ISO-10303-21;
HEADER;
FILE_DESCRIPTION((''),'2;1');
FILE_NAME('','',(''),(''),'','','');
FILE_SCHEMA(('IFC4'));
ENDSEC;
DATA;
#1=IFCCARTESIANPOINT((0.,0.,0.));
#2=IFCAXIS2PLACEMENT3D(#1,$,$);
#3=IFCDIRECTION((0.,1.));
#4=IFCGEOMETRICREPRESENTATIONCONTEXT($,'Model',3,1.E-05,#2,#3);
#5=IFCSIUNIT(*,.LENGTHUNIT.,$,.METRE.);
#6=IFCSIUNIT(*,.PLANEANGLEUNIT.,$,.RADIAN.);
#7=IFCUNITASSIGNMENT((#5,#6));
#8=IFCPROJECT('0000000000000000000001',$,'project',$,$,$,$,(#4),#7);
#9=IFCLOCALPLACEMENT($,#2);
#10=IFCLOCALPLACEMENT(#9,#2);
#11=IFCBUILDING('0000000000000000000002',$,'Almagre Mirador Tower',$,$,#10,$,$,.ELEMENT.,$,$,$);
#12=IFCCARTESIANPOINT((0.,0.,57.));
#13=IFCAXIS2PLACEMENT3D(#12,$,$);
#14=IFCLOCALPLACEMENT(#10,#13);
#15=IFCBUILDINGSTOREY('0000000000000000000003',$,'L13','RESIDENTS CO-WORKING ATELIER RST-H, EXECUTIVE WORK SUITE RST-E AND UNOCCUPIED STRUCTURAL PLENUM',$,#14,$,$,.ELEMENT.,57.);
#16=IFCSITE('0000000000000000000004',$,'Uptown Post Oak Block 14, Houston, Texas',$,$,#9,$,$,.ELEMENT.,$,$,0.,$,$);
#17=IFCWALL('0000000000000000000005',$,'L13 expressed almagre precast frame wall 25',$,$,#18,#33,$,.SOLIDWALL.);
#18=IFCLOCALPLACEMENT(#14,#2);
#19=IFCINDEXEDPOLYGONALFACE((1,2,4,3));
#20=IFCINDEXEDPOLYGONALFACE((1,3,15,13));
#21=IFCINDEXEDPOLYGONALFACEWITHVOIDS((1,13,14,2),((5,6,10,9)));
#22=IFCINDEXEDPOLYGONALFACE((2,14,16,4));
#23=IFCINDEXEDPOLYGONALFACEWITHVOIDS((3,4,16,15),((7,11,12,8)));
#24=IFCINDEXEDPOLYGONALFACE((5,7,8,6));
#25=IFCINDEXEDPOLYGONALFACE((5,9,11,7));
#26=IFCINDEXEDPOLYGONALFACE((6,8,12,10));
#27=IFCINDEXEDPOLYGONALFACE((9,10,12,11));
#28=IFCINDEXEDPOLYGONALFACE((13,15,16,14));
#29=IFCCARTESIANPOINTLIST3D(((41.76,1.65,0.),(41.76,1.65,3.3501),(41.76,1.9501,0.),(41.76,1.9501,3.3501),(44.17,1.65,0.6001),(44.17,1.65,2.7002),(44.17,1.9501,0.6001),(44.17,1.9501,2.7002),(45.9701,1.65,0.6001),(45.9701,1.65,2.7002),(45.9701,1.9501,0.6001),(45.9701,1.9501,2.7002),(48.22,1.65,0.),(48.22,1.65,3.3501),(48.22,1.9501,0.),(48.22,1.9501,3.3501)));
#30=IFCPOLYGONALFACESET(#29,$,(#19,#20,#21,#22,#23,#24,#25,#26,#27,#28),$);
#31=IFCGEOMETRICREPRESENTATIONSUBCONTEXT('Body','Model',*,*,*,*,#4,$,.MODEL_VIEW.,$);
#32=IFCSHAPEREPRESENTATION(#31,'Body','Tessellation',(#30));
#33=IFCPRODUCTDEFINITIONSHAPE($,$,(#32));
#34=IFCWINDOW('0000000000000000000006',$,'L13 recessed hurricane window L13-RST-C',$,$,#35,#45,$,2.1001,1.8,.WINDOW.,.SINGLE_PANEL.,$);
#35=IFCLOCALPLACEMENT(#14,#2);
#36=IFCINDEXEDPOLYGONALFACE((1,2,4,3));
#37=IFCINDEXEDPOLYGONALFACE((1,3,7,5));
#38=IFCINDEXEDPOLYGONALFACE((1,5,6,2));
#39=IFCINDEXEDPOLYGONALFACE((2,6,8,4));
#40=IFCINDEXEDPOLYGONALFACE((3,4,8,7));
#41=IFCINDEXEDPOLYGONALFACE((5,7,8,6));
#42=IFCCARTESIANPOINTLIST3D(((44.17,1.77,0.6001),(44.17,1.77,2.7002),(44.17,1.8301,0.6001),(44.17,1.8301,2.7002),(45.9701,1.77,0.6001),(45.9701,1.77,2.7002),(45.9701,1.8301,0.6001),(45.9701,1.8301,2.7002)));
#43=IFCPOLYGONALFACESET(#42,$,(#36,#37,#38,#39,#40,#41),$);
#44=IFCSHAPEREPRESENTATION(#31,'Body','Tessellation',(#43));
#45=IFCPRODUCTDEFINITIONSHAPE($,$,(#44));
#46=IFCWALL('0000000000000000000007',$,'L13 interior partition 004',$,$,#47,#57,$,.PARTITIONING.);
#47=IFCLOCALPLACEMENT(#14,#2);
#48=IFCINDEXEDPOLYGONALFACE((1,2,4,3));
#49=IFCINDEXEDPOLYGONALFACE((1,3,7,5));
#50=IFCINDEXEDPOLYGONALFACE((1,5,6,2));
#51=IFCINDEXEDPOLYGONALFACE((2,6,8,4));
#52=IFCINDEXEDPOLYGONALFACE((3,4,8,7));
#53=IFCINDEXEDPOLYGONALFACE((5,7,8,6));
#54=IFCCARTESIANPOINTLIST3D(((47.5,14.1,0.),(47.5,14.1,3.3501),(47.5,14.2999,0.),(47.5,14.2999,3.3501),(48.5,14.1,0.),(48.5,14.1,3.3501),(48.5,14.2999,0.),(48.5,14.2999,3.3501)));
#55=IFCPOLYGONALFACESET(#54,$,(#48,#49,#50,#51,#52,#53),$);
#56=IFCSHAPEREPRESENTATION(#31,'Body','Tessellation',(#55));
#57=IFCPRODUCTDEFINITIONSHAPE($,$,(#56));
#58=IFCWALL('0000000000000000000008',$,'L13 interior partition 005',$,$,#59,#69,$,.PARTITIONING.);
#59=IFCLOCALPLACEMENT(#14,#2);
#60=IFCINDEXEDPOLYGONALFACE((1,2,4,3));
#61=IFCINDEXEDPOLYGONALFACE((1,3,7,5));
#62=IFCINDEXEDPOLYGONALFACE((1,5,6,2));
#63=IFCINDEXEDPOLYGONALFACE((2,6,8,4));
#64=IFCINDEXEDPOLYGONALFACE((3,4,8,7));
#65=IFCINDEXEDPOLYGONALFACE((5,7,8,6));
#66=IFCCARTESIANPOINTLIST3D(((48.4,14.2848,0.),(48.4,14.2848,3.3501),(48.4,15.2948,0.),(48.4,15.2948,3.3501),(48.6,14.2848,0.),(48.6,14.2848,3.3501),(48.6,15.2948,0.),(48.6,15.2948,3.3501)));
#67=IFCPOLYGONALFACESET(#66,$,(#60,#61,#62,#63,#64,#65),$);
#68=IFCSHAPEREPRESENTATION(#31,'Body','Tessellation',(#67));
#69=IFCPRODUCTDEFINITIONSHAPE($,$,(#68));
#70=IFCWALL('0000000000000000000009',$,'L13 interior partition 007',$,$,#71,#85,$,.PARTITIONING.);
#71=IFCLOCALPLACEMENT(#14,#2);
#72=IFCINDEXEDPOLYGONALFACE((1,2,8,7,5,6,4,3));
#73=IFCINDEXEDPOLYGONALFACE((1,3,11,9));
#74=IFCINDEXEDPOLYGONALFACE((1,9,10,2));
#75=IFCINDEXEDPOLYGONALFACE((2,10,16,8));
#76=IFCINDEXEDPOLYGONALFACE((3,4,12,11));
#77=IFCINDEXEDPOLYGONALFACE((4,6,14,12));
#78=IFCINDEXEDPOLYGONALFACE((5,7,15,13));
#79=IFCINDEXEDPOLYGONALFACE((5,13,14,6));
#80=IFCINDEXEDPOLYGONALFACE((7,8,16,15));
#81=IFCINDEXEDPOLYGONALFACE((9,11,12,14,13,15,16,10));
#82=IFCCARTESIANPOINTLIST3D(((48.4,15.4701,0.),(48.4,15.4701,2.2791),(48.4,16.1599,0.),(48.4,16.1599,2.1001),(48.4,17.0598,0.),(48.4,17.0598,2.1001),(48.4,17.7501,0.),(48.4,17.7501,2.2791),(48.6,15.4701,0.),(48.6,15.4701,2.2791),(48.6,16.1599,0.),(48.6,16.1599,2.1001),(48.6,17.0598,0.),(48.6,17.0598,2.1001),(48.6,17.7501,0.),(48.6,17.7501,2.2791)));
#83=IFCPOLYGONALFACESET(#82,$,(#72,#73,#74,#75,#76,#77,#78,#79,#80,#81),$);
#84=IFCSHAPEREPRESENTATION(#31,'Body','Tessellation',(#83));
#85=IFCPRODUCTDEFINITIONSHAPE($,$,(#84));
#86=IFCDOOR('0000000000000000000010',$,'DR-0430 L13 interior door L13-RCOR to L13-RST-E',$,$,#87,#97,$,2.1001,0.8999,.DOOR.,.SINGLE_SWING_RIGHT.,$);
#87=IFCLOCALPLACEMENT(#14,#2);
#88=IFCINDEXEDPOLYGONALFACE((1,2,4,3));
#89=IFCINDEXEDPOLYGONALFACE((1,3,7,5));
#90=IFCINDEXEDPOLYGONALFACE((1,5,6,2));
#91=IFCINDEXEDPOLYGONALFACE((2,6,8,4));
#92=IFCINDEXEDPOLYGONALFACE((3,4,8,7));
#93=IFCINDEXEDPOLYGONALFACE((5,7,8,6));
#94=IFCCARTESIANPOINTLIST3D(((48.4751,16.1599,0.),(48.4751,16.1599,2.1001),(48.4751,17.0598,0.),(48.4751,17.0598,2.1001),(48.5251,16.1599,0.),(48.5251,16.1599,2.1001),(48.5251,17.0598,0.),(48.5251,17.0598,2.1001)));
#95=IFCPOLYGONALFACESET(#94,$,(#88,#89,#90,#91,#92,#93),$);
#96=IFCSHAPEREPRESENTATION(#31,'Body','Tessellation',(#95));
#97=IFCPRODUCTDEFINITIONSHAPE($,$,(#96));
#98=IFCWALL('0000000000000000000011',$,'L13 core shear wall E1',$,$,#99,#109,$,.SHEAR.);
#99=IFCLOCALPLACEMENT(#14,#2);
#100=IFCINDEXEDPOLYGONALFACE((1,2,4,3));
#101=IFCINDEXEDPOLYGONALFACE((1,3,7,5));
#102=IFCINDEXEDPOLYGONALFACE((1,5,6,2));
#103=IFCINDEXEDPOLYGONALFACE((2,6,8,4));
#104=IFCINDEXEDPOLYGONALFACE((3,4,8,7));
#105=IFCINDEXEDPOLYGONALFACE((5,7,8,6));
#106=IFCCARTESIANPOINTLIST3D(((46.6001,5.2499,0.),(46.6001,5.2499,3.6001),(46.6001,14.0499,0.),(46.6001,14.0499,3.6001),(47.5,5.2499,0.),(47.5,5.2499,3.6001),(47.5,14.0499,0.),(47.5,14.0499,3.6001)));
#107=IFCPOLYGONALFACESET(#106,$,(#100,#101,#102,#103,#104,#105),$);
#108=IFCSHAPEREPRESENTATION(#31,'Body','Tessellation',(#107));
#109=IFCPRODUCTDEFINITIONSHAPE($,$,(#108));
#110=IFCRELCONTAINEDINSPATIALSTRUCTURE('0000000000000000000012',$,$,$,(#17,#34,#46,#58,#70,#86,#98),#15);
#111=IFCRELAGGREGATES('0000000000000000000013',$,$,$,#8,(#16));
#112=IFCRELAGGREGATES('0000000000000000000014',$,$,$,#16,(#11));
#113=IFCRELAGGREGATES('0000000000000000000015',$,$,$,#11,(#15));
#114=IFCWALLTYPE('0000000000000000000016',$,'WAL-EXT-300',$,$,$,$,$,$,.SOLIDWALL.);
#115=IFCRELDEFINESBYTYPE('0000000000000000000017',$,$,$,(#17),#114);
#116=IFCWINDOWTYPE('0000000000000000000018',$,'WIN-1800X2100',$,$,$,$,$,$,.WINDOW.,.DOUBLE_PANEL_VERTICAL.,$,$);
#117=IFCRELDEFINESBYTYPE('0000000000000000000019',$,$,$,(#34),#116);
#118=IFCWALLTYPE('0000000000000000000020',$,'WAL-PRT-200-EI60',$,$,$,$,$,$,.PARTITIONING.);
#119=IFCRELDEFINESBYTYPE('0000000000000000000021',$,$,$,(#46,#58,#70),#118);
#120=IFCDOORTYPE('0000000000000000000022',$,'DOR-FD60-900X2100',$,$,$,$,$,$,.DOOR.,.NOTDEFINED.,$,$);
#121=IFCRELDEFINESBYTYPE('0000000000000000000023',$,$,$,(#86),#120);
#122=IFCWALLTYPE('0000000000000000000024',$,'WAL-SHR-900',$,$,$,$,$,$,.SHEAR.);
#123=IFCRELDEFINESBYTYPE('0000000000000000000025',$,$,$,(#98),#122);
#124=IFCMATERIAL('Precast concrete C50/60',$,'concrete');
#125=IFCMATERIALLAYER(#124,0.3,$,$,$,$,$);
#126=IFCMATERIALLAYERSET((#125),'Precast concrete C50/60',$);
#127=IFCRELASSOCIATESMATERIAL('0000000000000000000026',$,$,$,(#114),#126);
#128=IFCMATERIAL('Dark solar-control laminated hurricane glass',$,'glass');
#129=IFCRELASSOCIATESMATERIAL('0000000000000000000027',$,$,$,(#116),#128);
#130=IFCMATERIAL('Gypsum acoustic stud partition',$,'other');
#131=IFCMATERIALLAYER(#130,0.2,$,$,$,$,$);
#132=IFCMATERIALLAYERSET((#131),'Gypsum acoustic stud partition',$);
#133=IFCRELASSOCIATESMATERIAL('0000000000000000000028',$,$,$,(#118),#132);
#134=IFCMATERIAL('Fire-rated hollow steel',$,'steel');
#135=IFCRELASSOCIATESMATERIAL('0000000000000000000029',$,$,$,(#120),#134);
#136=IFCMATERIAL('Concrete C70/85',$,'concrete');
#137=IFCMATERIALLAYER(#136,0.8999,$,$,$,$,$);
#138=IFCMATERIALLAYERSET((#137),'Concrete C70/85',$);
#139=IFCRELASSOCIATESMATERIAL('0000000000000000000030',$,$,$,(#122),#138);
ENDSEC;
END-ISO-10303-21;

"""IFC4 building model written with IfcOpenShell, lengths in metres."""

from ifc_helpers import new_model, si_unit, direction, frame, frame_2d, origin, place, context, subcontext, project, spatial, rectangle, extrude, material, layer, layer_set, type_object, element, fill, save


model = new_model("IFC4")

# Units and contexts
model_context = context("Model", 3, precision=1e-05, world=origin(), true_north=direction((0.0, 1.0)))
body_context = subcontext(model_context, "Body", "Model", "MODEL_VIEW")
ifc_project = project(units=[si_unit("LENGTHUNIT", "METRE"), si_unit("PLANEANGLEUNIT", "RADIAN")], contexts=[model_context])

# Site, building, storey
site_placement = place(None, origin())
site = spatial("IfcSite", under=ifc_project, at=site_placement, Name="Uptown Post Oak Block 14, Houston, Texas", CompositionType="ELEMENT", RefElevation=0.0)
building_placement = place(site_placement, origin())
building = spatial("IfcBuilding", under=site, at=building_placement, Name="Almagre Mirador Tower", CompositionType="ELEMENT")
storey_placement = place(building_placement, frame((0.0, 0.0, 57.0)))
storey = spatial("IfcBuildingStorey", under=building, at=storey_placement, Name="L13", Description="RESIDENTS CO-WORKING ATELIER RST-H, EXECUTIVE WORK SUITE RST-E AND UNOCCUPIED STRUCTURAL PLENUM", CompositionType="ELEMENT", Elevation=57.0)

# Wall, opening, window
ifc_material_1 = material(Name="Precast concrete C50/60", Category="concrete")
ifc_layer_1 = layer(ifc_material_1, 0.3)
ifc_layer_set_1 = layer_set([ifc_layer_1], Name="Precast concrete C50/60")
wall_type_1 = type_object("IfcWallType", Name="WAL-EXT-300", PredefinedType="SOLIDWALL", material=ifc_layer_set_1)
wall_1_placement = place(storey_placement, frame((48.22, 1.8, 0.0), z_axis=(0.0, 0.0, 1.0), x_axis=(-1.0, 0.0, 0.0)))
wall_1 = element("IfcWall", 1, at=wall_1_placement, inside=storey, type_object=wall_type_1, Name="L13 expressed almagre precast frame wall 25", PredefinedType="SOLIDWALL", context=body_context, shape_type="SweptSolid", body=[
    extrude(rectangle(XDim=6.46, YDim=0.3, at=frame_2d((3.23, 0.0))), origin(), (0.0, 0.0, 1.0), 3.3501),
])
opening_1_placement = place(wall_1_placement, frame((2.25, 0.0, 0.6001)))
opening_1 = element("IfcOpeningElement", 2, at=opening_1_placement, cuts=wall_1, PredefinedType="OPENING", context=body_context, shape_type="SweptSolid", body=[
    extrude(rectangle(XDim=1.8, YDim=2.1001, at=frame_2d((0.8999, 1.05))), frame((0.0, 0.1599, 0.0), z_axis=(0.0, -1.0, 0.0), x_axis=(1.0, 0.0, 0.0)), (0.0, 0.0, 1.0), 0.32),
])
ifc_material_2 = material(Name="Dark solar-control laminated hurricane glass", Category="glass")
window_type = type_object("IfcWindowType", Name="WIN-1800X2100", PartitioningType="DOUBLE_PANEL_VERTICAL", PredefinedType="WINDOW", material=ifc_material_2)
window_placement = place(opening_1_placement, origin())
window = element("IfcWindow", 3, at=window_placement, inside=storey, type_object=window_type, Name="L13 recessed hurricane window L13-RST-C", OverallHeight=2.1001, OverallWidth=1.8, PartitioningType="SINGLE_PANEL", PredefinedType="WINDOW", context=body_context, shape_type="SweptSolid", body=[
    extrude(rectangle(XDim=1.8, YDim=2.1001, at=frame_2d((0.8999, 1.05))), frame((0.0, 0.03, 0.0), z_axis=(0.0, -1.0, 0.0), x_axis=(1.0, 0.0, 0.0)), (0.0, 0.0, 1.0), 0.0601),
])
fill(opening_1, window)

# Walls
ifc_material_3 = material(Name="Gypsum acoustic stud partition", Category="other")
ifc_layer_2 = layer(ifc_material_3, 0.2)
ifc_layer_set_2 = layer_set([ifc_layer_2], Name="Gypsum acoustic stud partition")
wall_type_2 = type_object("IfcWallType", Name="WAL-PRT-200-EI60", PredefinedType="PARTITIONING", material=ifc_layer_set_2)
wall_2_placement = place(storey_placement, frame((47.5, 14.2, 0.0), z_axis=(0.0, 0.0, 1.0), x_axis=(1.0, 0.0, 0.0)))
element("IfcWall", 4, at=wall_2_placement, inside=storey, type_object=wall_type_2, Name="L13 interior partition 004", PredefinedType="PARTITIONING", context=body_context, shape_type="SweptSolid", body=[
    extrude(rectangle(XDim=1.0, YDim=0.2, at=frame_2d((0.5, 0.0))), origin(), (0.0, 0.0, 1.0), 3.3501),
])
wall_3_placement = place(storey_placement, frame((48.5, 14.2849, 0.0), z_axis=(0.0, 0.0, 1.0), x_axis=(0.0, 1.0, 0.0)))
element("IfcWall", 5, at=wall_3_placement, inside=storey, type_object=wall_type_2, Name="L13 interior partition 005", PredefinedType="PARTITIONING", context=body_context, shape_type="SweptSolid", body=[
    extrude(rectangle(XDim=1.01, YDim=0.2, at=frame_2d((0.5049, 0.0))), origin(), (0.0, 0.0, 1.0), 3.3501),
])

# Wall, opening, door
wall_4_placement = place(storey_placement, frame((48.5, 15.47, 0.0), z_axis=(0.0, 0.0, 1.0), x_axis=(0.0, 1.0, 0.0)))
wall_4 = element("IfcWall", 6, at=wall_4_placement, inside=storey, type_object=wall_type_2, Name="L13 interior partition 007", PredefinedType="PARTITIONING", context=body_context, shape_type="SweptSolid", body=[
    extrude(rectangle(XDim=2.28, YDim=0.2, at=frame_2d((1.1401, 0.0))), origin(), (0.0, 0.0, 1.0), 2.2791),
])
opening_2_placement = place(wall_4_placement, frame((0.6899, 0.0, 0.0)))
opening_2 = element("IfcOpeningElement", 7, at=opening_2_placement, cuts=wall_4, PredefinedType="OPENING", context=body_context, shape_type="SweptSolid", body=[
    extrude(rectangle(XDim=0.8999, YDim=2.1001, at=frame_2d((0.45, 1.05))), frame((0.0, 0.1101, 0.0), z_axis=(0.0, -1.0, 0.0), x_axis=(1.0, 0.0, 0.0)), (0.0, 0.0, 1.0), 0.22),
])
ifc_material_4 = material(Name="Fire-rated hollow steel", Category="steel")
door_type = type_object("IfcDoorType", Name="DOR-FD60-900X2100", OperationType="NOTDEFINED", PredefinedType="DOOR", material=ifc_material_4)
door_placement = place(opening_2_placement, origin())
door = element("IfcDoor", 8, at=door_placement, inside=storey, type_object=door_type, Name="DR-0430 L13 interior door L13-RCOR to L13-RST-E", OperationType="SINGLE_SWING_RIGHT", OverallHeight=2.1001, OverallWidth=0.8999, PredefinedType="DOOR", context=body_context, shape_type="SweptSolid", body=[
    extrude(rectangle(XDim=0.8999, YDim=2.1001, at=frame_2d((0.45, 1.05))), frame((0.0, 0.0249, 0.0), z_axis=(0.0, -1.0, 0.0), x_axis=(1.0, 0.0, 0.0)), (0.0, 0.0, 1.0), 0.05),
])
fill(opening_2, door)

# Wall
ifc_material_5 = material(Name="Concrete C70/85", Category="concrete")
ifc_layer_3 = layer(ifc_material_5, 0.8999)
ifc_layer_set_3 = layer_set([ifc_layer_3], Name="Concrete C70/85")
wall_type_3 = type_object("IfcWallType", Name="WAL-SHR-900", PredefinedType="SHEAR", material=ifc_layer_set_3)
wall_5_placement = place(storey_placement, frame((47.05, 5.25, 0.0), z_axis=(0.0, 0.0, 1.0), x_axis=(0.0, 1.0, 0.0)))
element("IfcWall", 9, at=wall_5_placement, inside=storey, type_object=wall_type_3, Name="L13 core shear wall E1", PredefinedType="SHEAR", context=body_context, shape_type="SweptSolid", body=[
    extrude(rectangle(XDim=8.8, YDim=0.8999, at=frame_2d((4.3999, 0.0))), origin(), (0.0, 0.0, 1.0), 3.6001),
])

save(model, "model.ifc")
